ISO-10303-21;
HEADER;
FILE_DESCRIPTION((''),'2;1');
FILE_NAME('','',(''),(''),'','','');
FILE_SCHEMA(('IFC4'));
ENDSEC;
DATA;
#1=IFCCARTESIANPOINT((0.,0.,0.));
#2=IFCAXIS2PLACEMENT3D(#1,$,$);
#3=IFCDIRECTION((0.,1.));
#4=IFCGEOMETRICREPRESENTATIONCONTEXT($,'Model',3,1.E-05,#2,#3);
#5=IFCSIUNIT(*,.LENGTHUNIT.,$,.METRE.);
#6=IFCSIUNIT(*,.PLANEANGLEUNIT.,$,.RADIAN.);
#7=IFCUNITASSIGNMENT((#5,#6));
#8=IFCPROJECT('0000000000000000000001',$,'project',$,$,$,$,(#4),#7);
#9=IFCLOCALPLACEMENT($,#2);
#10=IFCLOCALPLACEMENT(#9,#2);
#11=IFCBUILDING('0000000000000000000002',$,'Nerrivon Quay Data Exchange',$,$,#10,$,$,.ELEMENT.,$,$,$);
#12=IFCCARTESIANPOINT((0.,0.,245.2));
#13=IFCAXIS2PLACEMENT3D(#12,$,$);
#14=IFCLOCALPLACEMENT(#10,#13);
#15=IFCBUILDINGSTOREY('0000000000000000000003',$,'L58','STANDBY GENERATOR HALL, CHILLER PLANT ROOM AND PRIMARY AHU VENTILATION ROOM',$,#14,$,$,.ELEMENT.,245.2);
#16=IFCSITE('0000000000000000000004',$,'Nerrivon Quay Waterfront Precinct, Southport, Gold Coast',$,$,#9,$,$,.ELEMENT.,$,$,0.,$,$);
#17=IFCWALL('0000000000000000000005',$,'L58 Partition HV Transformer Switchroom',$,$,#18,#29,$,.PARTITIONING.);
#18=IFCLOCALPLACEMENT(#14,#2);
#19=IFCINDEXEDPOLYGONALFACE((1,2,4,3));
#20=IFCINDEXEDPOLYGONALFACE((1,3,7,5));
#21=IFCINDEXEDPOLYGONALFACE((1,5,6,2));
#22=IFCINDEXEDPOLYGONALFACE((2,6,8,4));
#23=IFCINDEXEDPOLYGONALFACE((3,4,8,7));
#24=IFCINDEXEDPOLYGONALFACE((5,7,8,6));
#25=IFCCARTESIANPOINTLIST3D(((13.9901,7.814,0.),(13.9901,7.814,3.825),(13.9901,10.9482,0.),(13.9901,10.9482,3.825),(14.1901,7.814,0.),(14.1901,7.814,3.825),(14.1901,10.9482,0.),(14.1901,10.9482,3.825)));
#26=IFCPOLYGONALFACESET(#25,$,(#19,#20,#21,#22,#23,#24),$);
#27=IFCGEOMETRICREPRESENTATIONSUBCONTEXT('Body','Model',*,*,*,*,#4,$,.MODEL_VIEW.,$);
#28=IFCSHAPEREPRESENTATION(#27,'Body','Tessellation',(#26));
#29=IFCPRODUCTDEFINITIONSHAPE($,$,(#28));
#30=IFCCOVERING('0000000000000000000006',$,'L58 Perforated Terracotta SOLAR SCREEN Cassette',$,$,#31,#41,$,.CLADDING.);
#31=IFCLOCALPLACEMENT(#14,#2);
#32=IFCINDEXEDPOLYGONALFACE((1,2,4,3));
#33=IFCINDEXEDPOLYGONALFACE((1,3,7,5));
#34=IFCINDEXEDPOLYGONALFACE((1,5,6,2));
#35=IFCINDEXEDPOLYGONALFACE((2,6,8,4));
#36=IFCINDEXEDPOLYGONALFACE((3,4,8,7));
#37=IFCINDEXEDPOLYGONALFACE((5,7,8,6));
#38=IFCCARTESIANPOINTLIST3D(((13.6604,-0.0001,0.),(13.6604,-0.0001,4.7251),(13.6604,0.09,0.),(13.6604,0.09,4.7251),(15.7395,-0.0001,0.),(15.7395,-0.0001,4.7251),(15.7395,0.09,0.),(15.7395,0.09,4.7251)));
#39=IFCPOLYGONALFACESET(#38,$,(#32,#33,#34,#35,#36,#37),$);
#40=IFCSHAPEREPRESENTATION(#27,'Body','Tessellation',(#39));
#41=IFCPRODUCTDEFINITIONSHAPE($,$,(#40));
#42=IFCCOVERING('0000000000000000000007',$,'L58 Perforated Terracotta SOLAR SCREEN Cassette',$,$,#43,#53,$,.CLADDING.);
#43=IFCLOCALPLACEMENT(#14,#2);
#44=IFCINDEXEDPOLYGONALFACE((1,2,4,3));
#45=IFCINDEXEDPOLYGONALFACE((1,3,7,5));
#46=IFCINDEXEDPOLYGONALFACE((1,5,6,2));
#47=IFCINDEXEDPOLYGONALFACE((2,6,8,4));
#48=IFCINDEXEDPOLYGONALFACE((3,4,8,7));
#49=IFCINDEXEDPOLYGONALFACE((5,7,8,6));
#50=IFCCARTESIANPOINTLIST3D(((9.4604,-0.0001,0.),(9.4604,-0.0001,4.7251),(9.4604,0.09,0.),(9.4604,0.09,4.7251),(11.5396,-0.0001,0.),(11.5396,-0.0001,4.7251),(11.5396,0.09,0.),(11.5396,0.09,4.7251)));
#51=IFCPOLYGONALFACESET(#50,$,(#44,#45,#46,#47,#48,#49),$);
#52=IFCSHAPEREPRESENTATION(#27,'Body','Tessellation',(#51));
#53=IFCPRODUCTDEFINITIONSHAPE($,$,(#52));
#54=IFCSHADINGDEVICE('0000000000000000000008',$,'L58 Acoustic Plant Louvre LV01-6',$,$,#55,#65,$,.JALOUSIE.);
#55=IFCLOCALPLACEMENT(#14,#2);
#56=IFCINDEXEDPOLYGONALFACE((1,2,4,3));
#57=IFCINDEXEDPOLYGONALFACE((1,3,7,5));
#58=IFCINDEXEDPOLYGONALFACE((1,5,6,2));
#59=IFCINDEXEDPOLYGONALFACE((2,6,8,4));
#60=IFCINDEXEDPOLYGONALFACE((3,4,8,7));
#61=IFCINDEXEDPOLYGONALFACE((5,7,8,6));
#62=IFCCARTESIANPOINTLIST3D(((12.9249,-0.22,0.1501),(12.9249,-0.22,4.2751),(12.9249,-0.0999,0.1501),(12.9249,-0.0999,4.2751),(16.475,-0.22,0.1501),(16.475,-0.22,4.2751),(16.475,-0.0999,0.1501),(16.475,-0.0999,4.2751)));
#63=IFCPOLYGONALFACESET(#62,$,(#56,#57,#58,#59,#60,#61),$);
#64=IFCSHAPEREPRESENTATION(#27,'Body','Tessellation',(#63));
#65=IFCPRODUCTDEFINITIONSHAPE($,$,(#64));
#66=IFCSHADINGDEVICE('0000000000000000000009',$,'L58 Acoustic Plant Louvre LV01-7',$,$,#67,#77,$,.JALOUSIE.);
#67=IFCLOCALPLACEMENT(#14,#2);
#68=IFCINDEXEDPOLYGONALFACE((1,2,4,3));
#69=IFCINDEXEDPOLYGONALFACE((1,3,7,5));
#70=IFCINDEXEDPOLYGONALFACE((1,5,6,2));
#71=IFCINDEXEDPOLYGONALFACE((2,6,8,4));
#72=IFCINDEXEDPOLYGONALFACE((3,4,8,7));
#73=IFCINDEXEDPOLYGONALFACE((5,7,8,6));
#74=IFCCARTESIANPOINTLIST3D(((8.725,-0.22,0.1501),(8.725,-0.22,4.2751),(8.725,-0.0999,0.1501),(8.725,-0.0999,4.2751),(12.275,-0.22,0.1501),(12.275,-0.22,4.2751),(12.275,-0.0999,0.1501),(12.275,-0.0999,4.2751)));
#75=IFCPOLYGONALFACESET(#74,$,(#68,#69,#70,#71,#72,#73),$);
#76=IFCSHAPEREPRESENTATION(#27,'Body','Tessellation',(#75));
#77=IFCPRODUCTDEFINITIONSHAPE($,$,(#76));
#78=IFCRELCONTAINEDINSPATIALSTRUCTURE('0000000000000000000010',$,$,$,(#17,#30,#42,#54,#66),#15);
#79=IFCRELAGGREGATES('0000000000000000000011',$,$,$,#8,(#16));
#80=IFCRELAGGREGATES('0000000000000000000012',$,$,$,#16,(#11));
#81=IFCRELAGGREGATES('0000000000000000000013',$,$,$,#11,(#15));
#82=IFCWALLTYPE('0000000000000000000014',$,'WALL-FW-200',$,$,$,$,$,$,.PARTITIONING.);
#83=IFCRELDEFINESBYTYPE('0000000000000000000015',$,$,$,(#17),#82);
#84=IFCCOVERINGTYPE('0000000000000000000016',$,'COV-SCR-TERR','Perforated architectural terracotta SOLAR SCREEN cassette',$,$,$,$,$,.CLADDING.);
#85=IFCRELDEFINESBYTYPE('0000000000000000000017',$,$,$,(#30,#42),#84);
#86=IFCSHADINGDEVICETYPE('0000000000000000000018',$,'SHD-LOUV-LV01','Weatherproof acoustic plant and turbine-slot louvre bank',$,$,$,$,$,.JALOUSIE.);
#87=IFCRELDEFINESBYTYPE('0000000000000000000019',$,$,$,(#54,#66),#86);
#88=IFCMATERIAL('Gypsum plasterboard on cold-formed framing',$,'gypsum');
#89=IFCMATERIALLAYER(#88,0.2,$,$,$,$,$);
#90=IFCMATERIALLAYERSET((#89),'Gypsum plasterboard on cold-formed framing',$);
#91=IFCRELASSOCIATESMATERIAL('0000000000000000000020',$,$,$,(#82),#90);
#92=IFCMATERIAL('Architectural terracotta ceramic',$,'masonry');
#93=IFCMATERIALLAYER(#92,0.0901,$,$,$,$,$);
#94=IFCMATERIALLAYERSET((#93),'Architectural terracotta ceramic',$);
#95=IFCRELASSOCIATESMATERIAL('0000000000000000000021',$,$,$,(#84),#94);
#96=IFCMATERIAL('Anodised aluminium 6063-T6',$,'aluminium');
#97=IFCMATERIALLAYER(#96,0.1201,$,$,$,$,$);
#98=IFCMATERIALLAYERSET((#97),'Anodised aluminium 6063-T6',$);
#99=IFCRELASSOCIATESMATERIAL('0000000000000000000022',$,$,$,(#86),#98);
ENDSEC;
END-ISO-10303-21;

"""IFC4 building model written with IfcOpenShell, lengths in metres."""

from ifc_helpers import new_model, si_unit, direction, frame, frame_2d, origin, origin_2d, place, context, subcontext, project, spatial, rectangle, extrude, material, layer, layer_set, type_object, element, save


model = new_model("IFC4")

# Units and contexts
model_context = context("Model", 3, precision=1e-05, world=origin(), true_north=direction((0.0, 1.0)))
body_context = subcontext(model_context, "Body", "Model", "MODEL_VIEW")
ifc_project = project(units=[si_unit("LENGTHUNIT", "METRE"), si_unit("PLANEANGLEUNIT", "RADIAN")], contexts=[model_context])

# Site, building, storey
site_placement = place(None, origin())
site = spatial("IfcSite", under=ifc_project, at=site_placement, Name="Nerrivon Quay Waterfront Precinct, Southport, Gold Coast", CompositionType="ELEMENT", RefElevation=0.0)
building_placement = place(site_placement, origin())
building = spatial("IfcBuilding", under=site, at=building_placement, Name="Nerrivon Quay Data Exchange", CompositionType="ELEMENT")
storey_placement = place(building_placement, frame((0.0, 0.0, 245.2)))
storey = spatial("IfcBuildingStorey", under=building, at=storey_placement, Name="L58", Description="STANDBY GENERATOR HALL, CHILLER PLANT ROOM AND PRIMARY AHU VENTILATION ROOM", CompositionType="ELEMENT", Elevation=245.2)

# Shared definitions
ifc_material_1 = material(Name="Gypsum plasterboard on cold-formed framing", Category="gypsum")
ifc_layer_1 = layer(ifc_material_1, 0.2)
ifc_layer_set_1 = layer_set([ifc_layer_1], Name="Gypsum plasterboard on cold-formed framing")
wall_type_1 = type_object("IfcWallType", Name="WALL-FW-200", PredefinedType="PARTITIONING", material=ifc_layer_set_1)

# Wall
wall_1_placement = place(storey_placement, frame((14.0901, 7.814, 0.0), z_axis=(0.0, 0.0, 1.0), x_axis=(0.0, 1.0, 0.0)))
element("IfcWall", 1, at=wall_1_placement, inside=storey, type_object=wall_type_1, Name="L58 Partition HV Transformer Switchroom", PredefinedType="PARTITIONING", context=body_context, shape_type="SweptSolid", body=[
    extrude(rectangle(XDim=3.1343, YDim=0.2, at=frame_2d((1.5671, 0.0))), origin(), (0.0, 0.0, 1.0), 3.825),
])

# Coverings
ifc_material_2 = material(Name="Architectural terracotta ceramic", Category="masonry")
ifc_layer_2 = layer(ifc_material_2, 0.0901)
ifc_layer_set_2 = layer_set([ifc_layer_2], Name="Architectural terracotta ceramic")
covering_type = type_object("IfcCoveringType", Name="COV-SCR-TERR", Description="Perforated architectural terracotta SOLAR SCREEN cassette", PredefinedType="CLADDING", material=ifc_layer_set_2)
for number, where, z_axis, x_axis, name in (
    (2, (14.7, 0.0449, 0.0), (0.0, 0.0, 1.0), (-1.0, 0.0, 0.0), "L58 Perforated Terracotta SOLAR SCREEN Cassette"),
    (3, (10.5, 0.0449, 0.0), (0.0, 0.0, 1.0), (-1.0, 0.0, 0.0), "L58 Perforated Terracotta SOLAR SCREEN Cassette"),
):
    element("IfcCovering", number, at=place(storey_placement, frame(where, z_axis=z_axis, x_axis=x_axis)), inside=storey, type_object=covering_type, Name=name, PredefinedType="CLADDING", context=body_context, shape_type="SweptSolid", body=[
        extrude(rectangle(XDim=2.0791, YDim=0.0901, at=origin_2d()), origin(), (0.0, 0.0, 1.0), 4.7251),
    ])

# Shading devices
ifc_material_3 = material(Name="Anodised aluminium 6063-T6", Category="aluminium")
ifc_layer_3 = layer(ifc_material_3, 0.1201)
ifc_layer_set_3 = layer_set([ifc_layer_3], Name="Anodised aluminium 6063-T6")
shading_device_type = type_object("IfcShadingDeviceType", Name="SHD-LOUV-LV01", Description="Weatherproof acoustic plant and turbine-slot louvre bank", PredefinedType="JALOUSIE", material=ifc_layer_set_3)
for number, where, z_axis, x_axis, name in (
    (4, (14.7, -0.1599, 0.1501), (0.0, 0.0, 1.0), (-1.0, 0.0, 0.0), "L58 Acoustic Plant Louvre LV01-6"),
    (5, (10.5, -0.1599, 0.1501), (0.0, 0.0, 1.0), (-1.0, 0.0, 0.0), "L58 Acoustic Plant Louvre LV01-7"),
):
    element("IfcShadingDevice", number, at=place(storey_placement, frame(where, z_axis=z_axis, x_axis=x_axis)), inside=storey, type_object=shading_device_type, Name=name, PredefinedType="JALOUSIE", context=body_context, shape_type="SweptSolid", body=[
        extrude(rectangle(XDim=3.55, YDim=0.1201, at=origin_2d()), origin(), (0.0, 0.0, 1.0), 4.125),
    ])

save(model, "model.ifc")
